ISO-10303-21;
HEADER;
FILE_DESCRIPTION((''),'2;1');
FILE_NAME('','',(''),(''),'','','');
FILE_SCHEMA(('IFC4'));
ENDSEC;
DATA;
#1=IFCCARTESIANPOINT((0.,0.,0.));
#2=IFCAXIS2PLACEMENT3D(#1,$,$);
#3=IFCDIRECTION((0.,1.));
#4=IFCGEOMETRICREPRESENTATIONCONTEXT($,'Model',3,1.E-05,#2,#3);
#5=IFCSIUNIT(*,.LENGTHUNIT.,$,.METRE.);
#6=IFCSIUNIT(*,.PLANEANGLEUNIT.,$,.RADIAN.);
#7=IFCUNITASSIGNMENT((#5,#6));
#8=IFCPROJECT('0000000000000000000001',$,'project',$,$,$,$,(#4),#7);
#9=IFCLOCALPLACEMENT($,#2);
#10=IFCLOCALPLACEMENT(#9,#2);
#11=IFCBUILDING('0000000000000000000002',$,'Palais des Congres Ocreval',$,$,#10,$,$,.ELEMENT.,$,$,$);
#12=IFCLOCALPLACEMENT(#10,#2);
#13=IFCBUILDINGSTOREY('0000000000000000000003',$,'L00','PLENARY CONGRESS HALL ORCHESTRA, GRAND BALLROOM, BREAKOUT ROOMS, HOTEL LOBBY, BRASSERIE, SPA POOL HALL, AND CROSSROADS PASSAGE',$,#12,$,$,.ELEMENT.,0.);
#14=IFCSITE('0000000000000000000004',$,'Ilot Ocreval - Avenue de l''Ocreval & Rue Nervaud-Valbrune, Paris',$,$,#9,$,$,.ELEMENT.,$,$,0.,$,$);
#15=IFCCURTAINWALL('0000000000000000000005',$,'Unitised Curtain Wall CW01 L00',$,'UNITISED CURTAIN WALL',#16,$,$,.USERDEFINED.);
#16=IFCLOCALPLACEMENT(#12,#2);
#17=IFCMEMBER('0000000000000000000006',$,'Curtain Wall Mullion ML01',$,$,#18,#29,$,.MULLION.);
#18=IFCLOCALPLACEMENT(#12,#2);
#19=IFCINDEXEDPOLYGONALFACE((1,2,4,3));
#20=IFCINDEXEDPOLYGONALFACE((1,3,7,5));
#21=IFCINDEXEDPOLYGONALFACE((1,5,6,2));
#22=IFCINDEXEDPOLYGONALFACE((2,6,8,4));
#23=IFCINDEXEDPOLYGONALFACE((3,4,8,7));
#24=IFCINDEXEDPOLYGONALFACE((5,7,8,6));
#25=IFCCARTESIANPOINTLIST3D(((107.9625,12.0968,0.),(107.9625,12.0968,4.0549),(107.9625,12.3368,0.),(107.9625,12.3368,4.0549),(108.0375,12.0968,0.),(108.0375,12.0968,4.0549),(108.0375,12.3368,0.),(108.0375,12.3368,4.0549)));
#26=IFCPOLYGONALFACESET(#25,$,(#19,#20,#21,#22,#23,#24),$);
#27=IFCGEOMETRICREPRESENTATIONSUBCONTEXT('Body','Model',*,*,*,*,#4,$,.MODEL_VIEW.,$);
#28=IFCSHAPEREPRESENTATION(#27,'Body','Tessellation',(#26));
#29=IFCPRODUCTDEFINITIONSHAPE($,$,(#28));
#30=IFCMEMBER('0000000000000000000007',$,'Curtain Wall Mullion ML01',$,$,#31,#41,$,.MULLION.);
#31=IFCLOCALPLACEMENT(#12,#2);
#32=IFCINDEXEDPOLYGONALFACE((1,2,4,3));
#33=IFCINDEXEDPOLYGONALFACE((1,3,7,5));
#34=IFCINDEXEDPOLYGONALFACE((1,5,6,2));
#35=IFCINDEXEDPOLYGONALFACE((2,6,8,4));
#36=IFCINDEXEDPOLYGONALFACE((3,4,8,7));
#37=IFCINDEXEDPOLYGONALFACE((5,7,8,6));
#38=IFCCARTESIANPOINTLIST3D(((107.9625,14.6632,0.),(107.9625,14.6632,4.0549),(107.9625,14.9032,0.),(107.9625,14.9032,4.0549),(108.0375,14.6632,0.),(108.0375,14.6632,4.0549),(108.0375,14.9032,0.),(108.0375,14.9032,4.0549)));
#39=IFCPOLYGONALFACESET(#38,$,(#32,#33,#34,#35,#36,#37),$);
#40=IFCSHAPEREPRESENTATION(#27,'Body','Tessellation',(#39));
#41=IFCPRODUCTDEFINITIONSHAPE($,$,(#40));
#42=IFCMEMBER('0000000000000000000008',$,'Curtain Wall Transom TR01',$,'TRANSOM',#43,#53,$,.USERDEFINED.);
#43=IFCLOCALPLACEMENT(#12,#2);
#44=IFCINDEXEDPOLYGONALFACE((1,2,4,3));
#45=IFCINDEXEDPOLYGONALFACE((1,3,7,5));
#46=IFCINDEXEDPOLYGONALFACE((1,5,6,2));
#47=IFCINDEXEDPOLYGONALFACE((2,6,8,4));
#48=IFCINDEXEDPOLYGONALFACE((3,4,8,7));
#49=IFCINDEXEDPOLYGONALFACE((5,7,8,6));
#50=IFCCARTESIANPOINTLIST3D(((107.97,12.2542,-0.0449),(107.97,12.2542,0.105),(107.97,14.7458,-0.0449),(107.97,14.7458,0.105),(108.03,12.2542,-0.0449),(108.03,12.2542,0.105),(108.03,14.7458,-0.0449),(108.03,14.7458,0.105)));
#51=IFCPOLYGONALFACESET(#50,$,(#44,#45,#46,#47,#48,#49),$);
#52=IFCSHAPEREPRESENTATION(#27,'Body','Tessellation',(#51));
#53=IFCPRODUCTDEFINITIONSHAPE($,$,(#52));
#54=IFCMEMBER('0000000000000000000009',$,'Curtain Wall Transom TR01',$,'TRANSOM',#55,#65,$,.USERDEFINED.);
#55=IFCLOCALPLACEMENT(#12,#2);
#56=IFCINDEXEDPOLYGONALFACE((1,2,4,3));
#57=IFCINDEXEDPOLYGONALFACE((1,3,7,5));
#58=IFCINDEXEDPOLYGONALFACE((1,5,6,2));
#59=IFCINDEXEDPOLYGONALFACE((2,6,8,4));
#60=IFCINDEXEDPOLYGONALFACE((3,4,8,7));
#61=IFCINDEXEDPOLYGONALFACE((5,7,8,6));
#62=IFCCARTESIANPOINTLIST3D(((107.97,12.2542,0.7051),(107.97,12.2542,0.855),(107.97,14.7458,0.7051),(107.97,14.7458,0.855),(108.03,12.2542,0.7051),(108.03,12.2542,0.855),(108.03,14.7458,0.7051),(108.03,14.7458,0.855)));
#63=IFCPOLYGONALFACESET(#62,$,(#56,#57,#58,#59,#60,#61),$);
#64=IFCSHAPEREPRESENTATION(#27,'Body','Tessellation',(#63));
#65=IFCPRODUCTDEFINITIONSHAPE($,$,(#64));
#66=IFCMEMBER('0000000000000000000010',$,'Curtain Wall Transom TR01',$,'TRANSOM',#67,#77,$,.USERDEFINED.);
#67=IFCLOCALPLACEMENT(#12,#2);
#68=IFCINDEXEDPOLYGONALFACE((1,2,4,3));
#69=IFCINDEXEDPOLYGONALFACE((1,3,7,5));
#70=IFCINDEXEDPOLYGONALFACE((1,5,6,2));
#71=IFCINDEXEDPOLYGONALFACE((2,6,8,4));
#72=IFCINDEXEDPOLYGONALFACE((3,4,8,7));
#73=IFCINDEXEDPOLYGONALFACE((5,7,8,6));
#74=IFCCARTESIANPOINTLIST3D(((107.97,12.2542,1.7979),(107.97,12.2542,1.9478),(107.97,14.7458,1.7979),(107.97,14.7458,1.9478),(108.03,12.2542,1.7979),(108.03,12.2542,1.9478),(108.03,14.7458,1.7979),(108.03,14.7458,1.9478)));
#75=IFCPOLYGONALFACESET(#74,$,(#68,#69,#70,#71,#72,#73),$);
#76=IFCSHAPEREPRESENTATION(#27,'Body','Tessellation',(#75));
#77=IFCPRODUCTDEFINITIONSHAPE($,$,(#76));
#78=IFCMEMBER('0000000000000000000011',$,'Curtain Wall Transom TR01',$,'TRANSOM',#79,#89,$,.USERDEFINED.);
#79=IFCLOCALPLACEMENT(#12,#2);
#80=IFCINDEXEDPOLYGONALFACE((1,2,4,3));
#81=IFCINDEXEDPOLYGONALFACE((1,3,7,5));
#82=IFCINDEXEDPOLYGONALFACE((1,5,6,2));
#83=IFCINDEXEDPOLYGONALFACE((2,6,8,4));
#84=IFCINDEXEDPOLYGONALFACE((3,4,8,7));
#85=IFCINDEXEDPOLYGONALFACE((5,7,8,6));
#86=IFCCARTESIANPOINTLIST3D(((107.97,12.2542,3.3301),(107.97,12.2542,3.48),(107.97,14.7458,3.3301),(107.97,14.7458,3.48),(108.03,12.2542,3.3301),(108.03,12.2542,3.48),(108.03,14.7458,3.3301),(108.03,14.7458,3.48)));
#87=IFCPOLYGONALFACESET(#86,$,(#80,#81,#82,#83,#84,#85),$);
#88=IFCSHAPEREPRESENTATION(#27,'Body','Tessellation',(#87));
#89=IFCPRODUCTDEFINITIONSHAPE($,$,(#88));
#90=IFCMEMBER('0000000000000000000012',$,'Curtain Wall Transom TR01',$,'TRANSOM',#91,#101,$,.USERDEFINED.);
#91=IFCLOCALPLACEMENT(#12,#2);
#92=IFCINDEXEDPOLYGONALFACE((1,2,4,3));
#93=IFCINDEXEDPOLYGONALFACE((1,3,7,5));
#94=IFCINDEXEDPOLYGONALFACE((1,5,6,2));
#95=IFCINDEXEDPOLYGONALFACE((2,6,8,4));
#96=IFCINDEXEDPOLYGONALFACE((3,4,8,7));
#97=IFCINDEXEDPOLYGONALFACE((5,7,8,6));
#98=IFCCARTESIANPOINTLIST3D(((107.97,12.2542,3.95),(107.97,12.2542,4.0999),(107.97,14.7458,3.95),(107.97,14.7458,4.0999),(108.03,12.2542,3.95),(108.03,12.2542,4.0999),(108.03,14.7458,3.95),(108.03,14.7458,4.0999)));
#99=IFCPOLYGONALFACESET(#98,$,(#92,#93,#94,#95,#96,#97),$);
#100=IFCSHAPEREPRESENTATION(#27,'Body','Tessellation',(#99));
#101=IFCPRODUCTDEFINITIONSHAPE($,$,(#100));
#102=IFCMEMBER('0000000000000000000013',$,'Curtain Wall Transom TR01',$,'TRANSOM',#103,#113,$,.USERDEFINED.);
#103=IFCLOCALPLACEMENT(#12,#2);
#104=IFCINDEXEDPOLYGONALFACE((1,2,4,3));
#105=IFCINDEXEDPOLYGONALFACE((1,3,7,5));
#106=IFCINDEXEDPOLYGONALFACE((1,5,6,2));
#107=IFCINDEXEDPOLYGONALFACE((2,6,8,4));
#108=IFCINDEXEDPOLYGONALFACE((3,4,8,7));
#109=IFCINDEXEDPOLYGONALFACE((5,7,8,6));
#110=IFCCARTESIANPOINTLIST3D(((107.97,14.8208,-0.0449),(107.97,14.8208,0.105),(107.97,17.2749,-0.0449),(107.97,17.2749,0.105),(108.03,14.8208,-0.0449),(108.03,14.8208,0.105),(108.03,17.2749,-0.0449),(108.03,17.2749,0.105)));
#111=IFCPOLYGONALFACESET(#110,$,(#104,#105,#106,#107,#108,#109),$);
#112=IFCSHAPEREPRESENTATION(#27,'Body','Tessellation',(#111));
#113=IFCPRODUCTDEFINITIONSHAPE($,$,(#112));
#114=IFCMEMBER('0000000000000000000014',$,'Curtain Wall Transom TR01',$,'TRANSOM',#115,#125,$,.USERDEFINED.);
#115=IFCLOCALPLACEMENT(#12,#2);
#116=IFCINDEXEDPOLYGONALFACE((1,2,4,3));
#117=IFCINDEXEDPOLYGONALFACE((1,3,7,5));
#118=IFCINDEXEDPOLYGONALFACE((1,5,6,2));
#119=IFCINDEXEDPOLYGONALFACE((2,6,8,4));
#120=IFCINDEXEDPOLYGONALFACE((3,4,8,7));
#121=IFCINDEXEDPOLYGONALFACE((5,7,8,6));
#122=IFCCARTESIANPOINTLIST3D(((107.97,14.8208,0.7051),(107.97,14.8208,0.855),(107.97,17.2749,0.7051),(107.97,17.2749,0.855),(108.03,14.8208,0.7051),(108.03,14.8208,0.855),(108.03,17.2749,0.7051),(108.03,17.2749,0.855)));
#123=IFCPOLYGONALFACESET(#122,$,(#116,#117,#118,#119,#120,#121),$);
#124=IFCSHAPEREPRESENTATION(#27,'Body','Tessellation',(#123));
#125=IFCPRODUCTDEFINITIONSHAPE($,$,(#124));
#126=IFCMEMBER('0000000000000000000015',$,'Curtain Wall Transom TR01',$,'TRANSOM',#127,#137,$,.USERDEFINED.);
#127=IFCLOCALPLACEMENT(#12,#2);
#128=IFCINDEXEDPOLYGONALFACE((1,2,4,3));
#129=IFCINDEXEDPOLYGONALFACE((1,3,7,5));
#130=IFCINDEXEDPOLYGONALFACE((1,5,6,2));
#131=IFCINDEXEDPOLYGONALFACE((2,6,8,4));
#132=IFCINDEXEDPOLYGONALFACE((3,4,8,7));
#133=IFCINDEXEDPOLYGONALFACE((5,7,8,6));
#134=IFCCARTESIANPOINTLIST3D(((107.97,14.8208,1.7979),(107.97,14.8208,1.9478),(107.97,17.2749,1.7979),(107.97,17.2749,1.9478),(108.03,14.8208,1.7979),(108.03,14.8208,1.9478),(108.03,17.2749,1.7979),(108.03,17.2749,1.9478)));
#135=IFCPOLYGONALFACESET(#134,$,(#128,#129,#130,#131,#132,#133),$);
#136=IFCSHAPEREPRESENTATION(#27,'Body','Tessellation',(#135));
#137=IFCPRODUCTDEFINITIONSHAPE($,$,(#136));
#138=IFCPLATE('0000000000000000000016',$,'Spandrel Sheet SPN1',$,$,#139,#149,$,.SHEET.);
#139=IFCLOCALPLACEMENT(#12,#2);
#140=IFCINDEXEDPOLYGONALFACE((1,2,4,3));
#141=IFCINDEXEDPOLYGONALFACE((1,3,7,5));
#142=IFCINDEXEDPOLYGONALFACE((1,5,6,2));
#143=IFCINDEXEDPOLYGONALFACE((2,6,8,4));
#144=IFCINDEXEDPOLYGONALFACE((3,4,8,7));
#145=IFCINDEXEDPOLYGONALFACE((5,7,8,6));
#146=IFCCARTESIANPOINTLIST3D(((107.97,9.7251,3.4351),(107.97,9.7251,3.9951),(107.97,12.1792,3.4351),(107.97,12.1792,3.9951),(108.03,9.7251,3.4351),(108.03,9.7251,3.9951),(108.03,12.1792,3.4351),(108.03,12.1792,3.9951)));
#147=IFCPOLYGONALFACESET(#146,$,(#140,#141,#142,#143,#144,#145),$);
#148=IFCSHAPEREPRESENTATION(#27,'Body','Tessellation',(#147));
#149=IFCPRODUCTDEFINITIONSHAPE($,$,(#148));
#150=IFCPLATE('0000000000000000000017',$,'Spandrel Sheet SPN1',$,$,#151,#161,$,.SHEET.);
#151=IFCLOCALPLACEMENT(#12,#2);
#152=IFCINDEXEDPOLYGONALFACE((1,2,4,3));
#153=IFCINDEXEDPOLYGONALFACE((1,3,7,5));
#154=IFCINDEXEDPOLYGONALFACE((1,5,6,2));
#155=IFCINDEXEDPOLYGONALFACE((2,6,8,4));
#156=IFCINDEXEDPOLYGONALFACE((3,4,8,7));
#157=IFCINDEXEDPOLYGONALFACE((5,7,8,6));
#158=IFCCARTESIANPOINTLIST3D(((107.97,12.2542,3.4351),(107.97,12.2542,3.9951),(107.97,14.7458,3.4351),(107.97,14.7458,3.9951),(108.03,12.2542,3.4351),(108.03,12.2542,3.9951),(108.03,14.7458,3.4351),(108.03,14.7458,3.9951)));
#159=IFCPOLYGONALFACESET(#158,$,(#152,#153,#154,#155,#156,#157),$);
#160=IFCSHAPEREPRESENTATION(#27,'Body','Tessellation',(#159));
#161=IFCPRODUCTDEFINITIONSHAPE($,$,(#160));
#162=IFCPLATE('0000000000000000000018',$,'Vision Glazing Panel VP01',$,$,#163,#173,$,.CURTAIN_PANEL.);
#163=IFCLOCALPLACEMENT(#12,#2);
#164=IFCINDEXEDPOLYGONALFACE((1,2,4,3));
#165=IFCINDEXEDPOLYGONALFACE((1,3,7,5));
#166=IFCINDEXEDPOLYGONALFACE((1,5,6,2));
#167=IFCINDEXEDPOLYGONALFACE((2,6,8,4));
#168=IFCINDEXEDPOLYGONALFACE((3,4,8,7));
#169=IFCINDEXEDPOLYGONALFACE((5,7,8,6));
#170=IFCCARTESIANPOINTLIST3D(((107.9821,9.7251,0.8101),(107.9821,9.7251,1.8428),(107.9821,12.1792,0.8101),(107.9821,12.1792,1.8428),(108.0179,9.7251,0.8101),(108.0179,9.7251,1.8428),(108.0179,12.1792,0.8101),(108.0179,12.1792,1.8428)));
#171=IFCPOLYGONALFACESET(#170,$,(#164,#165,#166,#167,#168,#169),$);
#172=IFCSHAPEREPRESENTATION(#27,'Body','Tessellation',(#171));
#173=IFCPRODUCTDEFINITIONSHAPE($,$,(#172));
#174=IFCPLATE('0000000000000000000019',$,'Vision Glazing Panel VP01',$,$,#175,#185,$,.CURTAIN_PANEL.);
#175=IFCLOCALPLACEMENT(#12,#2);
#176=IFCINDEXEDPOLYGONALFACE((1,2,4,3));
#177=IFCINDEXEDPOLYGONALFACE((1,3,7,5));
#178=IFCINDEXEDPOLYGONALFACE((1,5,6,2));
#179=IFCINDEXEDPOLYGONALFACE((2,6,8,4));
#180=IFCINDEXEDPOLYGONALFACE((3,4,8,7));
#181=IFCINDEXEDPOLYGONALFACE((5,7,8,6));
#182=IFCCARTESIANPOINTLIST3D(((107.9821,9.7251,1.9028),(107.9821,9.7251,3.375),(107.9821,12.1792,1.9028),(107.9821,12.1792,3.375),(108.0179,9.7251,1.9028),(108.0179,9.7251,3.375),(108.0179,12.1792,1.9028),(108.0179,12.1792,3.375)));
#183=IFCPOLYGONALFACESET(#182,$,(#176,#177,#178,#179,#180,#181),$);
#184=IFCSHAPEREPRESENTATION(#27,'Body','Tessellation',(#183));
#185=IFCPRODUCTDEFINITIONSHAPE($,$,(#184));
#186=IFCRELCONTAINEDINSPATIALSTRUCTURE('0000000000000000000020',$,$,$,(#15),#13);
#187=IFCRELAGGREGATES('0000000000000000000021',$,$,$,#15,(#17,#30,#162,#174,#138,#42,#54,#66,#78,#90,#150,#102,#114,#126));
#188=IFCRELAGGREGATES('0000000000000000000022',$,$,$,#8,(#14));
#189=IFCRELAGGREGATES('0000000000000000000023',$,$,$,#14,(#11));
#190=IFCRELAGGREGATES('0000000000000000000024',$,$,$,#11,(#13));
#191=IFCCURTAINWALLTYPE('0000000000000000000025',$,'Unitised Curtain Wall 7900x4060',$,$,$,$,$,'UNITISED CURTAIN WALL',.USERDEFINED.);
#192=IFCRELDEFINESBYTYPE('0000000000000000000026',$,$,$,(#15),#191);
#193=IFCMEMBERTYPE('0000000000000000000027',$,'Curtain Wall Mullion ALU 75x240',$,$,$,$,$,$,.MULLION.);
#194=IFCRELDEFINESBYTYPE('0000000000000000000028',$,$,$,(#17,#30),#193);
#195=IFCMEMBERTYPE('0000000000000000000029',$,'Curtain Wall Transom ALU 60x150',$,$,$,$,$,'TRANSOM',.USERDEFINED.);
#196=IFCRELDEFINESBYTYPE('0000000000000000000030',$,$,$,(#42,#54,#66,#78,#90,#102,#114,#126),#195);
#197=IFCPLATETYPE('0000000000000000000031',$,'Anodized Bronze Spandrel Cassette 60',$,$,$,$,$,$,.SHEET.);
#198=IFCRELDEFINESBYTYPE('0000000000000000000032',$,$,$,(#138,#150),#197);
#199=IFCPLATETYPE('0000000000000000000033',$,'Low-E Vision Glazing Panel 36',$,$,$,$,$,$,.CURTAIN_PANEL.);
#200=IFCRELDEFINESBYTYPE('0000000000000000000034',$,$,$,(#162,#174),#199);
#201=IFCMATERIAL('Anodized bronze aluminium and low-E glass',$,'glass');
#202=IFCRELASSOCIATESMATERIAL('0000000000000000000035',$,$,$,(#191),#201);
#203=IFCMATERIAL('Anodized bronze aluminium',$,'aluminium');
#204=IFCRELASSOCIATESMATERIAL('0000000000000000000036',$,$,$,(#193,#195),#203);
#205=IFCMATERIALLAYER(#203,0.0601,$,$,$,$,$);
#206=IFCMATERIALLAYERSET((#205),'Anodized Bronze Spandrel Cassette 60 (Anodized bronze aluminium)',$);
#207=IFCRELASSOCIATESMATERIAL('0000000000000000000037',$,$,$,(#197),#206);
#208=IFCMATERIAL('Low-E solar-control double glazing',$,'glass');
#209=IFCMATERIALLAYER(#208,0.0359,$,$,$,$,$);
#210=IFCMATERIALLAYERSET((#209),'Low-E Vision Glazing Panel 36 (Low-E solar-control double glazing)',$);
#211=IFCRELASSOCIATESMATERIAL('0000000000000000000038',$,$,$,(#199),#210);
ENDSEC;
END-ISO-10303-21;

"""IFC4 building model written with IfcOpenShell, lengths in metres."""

from ifc_helpers import new_model, si_unit, direction, frame, origin, origin_2d, place, context, subcontext, project, spatial, rectangle, extrude, material, layer, layer_set, material_profile, profile_set, type_object, element, aggregate, save


model = new_model("IFC4")

# Units and contexts
model_context = context("Model", 3, precision=1e-05, world=origin(), true_north=direction((0.0, 1.0)))
body_context = subcontext(model_context, "Body", "Model", "MODEL_VIEW")
ifc_project = project(units=[si_unit("LENGTHUNIT", "METRE"), si_unit("PLANEANGLEUNIT", "RADIAN")], contexts=[model_context])

# Site, building, storey
site_placement = place(None, origin())
site = spatial("IfcSite", under=ifc_project, at=site_placement, Name="Ilot Ocreval - Avenue de l'Ocreval & Rue Nervaud-Valbrune, Paris", CompositionType="ELEMENT", RefElevation=0.0)
building_placement = place(site_placement, origin())
building = spatial("IfcBuilding", under=site, at=building_placement, Name="Palais des Congres Ocreval", CompositionType="ELEMENT")
storey_placement = place(building_placement, origin())
storey = spatial("IfcBuildingStorey", under=building, at=storey_placement, Name="L00", Description="PLENARY CONGRESS HALL ORCHESTRA, GRAND BALLROOM, BREAKOUT ROOMS, HOTEL LOBBY, BRASSERIE, SPA POOL HALL, AND CROSSROADS PASSAGE", CompositionType="ELEMENT", Elevation=0.0)

# Curtain wall, members, plates
ifc_material_1 = material(Name="Anodized bronze aluminium and low-E glass", Category="glass")
curtain_wall_type = type_object("IfcCurtainWallType", Name="Unitised Curtain Wall 7900x4060", ElementType="UNITISED CURTAIN WALL", PredefinedType="USERDEFINED", material=ifc_material_1)
curtain_wall_placement = place(storey_placement, origin())
curtain_wall = element("IfcCurtainWall", 1, at=curtain_wall_placement, inside=storey, type_object=curtain_wall_type, Name="Unitised Curtain Wall CW01 L00", ObjectType="UNITISED CURTAIN WALL", PredefinedType="USERDEFINED")
ifc_material_2 = material(Name="Anodized bronze aluminium", Category="aluminium")
ifc_material_profile_1 = material_profile(ifc_material_2, rectangle(XDim=0.075, YDim=0.24, at=origin_2d()), Name="ALU 75x240")
ifc_profile_set_1 = profile_set([ifc_material_profile_1], Name="Anodized bronze aluminium")
member_type_1 = type_object("IfcMemberType", Name="Curtain Wall Mullion ALU 75x240", PredefinedType="MULLION", material=ifc_profile_set_1)
member_1_placement = place(storey_placement, frame((108.0, 12.2168, 0.0), z_axis=(0.0, 0.0, 1.0), x_axis=(-1.0, 0.0, 0.0)))
member_1 = element("IfcMember", 2, at=member_1_placement, type_object=member_type_1, Name="Curtain Wall Mullion ML01", PredefinedType="MULLION", context=body_context, shape_type="SweptSolid", body=[
    extrude(rectangle(XDim=0.075, YDim=0.24, at=origin_2d()), origin(), (0.0, 0.0, 1.0), 4.0549),
])
member_2_placement = place(storey_placement, frame((108.0, 14.7832, 0.0), z_axis=(0.0, 0.0, 1.0), x_axis=(-1.0, 0.0, 0.0)))
member_2 = element("IfcMember", 3, at=member_2_placement, type_object=member_type_1, Name="Curtain Wall Mullion ML01", PredefinedType="MULLION", context=body_context, shape_type="SweptSolid", body=[
    extrude(rectangle(XDim=0.075, YDim=0.24, at=origin_2d()), origin(), (0.0, 0.0, 1.0), 4.0549),
])
ifc_material_profile_2 = material_profile(ifc_material_2, rectangle(XDim=0.0601, YDim=0.1499, at=origin_2d()), Name="ALU 60x150")
ifc_profile_set_2 = profile_set([ifc_material_profile_2], Name="Anodized bronze aluminium")
member_type_2 = type_object("IfcMemberType", Name="Curtain Wall Transom ALU 60x150", ElementType="TRANSOM", PredefinedType="USERDEFINED", material=ifc_profile_set_2)
member_3_placement = place(storey_placement, frame((108.0, 12.2542, 0.03), z_axis=(0.0, 1.0, 0.0), x_axis=(-1.0, 0.0, 0.0)))
member_3 = element("IfcMember", 4, at=member_3_placement, type_object=member_type_2, Name="Curtain Wall Transom TR01", ObjectType="TRANSOM", PredefinedType="USERDEFINED", context=body_context, shape_type="SweptSolid", body=[
    extrude(rectangle(XDim=0.0601, YDim=0.1499, at=origin_2d()), origin(), (0.0, 0.0, 1.0), 2.4917),
])
member_4_placement = place(storey_placement, frame((108.0, 12.2542, 0.78), z_axis=(0.0, 1.0, 0.0), x_axis=(-1.0, 0.0, 0.0)))
member_4 = element("IfcMember", 5, at=member_4_placement, type_object=member_type_2, Name="Curtain Wall Transom TR01", ObjectType="TRANSOM", PredefinedType="USERDEFINED", context=body_context, shape_type="SweptSolid", body=[
    extrude(rectangle(XDim=0.0601, YDim=0.1499, at=origin_2d()), origin(), (0.0, 0.0, 1.0), 2.4917),
])
member_5_placement = place(storey_placement, frame((108.0, 12.2542, 1.8728), z_axis=(0.0, 1.0, 0.0), x_axis=(-1.0, 0.0, 0.0)))
member_5 = element("IfcMember", 6, at=member_5_placement, type_object=member_type_2, Name="Curtain Wall Transom TR01", ObjectType="TRANSOM", PredefinedType="USERDEFINED", context=body_context, shape_type="SweptSolid", body=[
    extrude(rectangle(XDim=0.0601, YDim=0.1499, at=origin_2d()), origin(), (0.0, 0.0, 1.0), 2.4917),
])
member_6_placement = place(storey_placement, frame((108.0, 12.2542, 3.405), z_axis=(0.0, 1.0, 0.0), x_axis=(-1.0, 0.0, 0.0)))
member_6 = element("IfcMember", 7, at=member_6_placement, type_object=member_type_2, Name="Curtain Wall Transom TR01", ObjectType="TRANSOM", PredefinedType="USERDEFINED", context=body_context, shape_type="SweptSolid", body=[
    extrude(rectangle(XDim=0.0601, YDim=0.1499, at=origin_2d()), origin(), (0.0, 0.0, 1.0), 2.4917),
])
member_7_placement = place(storey_placement, frame((108.0, 12.2542, 4.0249), z_axis=(0.0, 1.0, 0.0), x_axis=(-1.0, 0.0, 0.0)))
member_7 = element("IfcMember", 8, at=member_7_placement, type_object=member_type_2, Name="Curtain Wall Transom TR01", ObjectType="TRANSOM", PredefinedType="USERDEFINED", context=body_context, shape_type="SweptSolid", body=[
    extrude(rectangle(XDim=0.0601, YDim=0.1499, at=origin_2d()), origin(), (0.0, 0.0, 1.0), 2.4917),
])
member_8_placement = place(storey_placement, frame((108.0, 14.8208, 0.03), z_axis=(0.0, 1.0, 0.0), x_axis=(-1.0, 0.0, 0.0)))
member_8 = element("IfcMember", 9, at=member_8_placement, type_object=member_type_2, Name="Curtain Wall Transom TR01", ObjectType="TRANSOM", PredefinedType="USERDEFINED", context=body_context, shape_type="SweptSolid", body=[
    extrude(rectangle(XDim=0.0601, YDim=0.1499, at=origin_2d()), origin(), (0.0, 0.0, 1.0), 2.4541),
])
member_9_placement = place(storey_placement, frame((108.0, 14.8208, 0.78), z_axis=(0.0, 1.0, 0.0), x_axis=(-1.0, 0.0, 0.0)))
member_9 = element("IfcMember", 10, at=member_9_placement, type_object=member_type_2, Name="Curtain Wall Transom TR01", ObjectType="TRANSOM", PredefinedType="USERDEFINED", context=body_context, shape_type="SweptSolid", body=[
    extrude(rectangle(XDim=0.0601, YDim=0.1499, at=origin_2d()), origin(), (0.0, 0.0, 1.0), 2.4541),
])
member_10_placement = place(storey_placement, frame((108.0, 14.8208, 1.8728), z_axis=(0.0, 1.0, 0.0), x_axis=(-1.0, 0.0, 0.0)))
member_10 = element("IfcMember", 11, at=member_10_placement, type_object=member_type_2, Name="Curtain Wall Transom TR01", ObjectType="TRANSOM", PredefinedType="USERDEFINED", context=body_context, shape_type="SweptSolid", body=[
    extrude(rectangle(XDim=0.0601, YDim=0.1499, at=origin_2d()), origin(), (0.0, 0.0, 1.0), 2.4541),
])
ifc_layer_1 = layer(ifc_material_2, 0.0601)
ifc_layer_set_1 = layer_set([ifc_layer_1], Name="Anodized Bronze Spandrel Cassette 60 (Anodized bronze aluminium)")
plate_type_1 = type_object("IfcPlateType", Name="Anodized Bronze Spandrel Cassette 60", PredefinedType="SHEET", material=ifc_layer_set_1)
plate_1_placement = place(storey_placement, frame((108.0, 10.9521, 3.4351), z_axis=(0.0, 0.0, 1.0), x_axis=(0.0, 1.0, 0.0)))
plate_1 = element("IfcPlate", 12, at=plate_1_placement, type_object=plate_type_1, Name="Spandrel Sheet SPN1", PredefinedType="SHEET", context=body_context, shape_type="SweptSolid", body=[
    extrude(rectangle(XDim=2.4541, YDim=0.0601, at=origin_2d()), origin(), (0.0, 0.0, 1.0), 0.5601),
])
plate_2_placement = place(storey_placement, frame((108.0, 13.5, 3.4351), z_axis=(0.0, 0.0, 1.0), x_axis=(0.0, 1.0, 0.0)))
plate_2 = element("IfcPlate", 13, at=plate_2_placement, type_object=plate_type_1, Name="Spandrel Sheet SPN1", PredefinedType="SHEET", context=body_context, shape_type="SweptSolid", body=[
    extrude(rectangle(XDim=2.4917, YDim=0.0601, at=origin_2d()), origin(), (0.0, 0.0, 1.0), 0.5601),
])
ifc_material_3 = material(Name="Low-E solar-control double glazing", Category="glass")
ifc_layer_2 = layer(ifc_material_3, 0.0359)
ifc_layer_set_2 = layer_set([ifc_layer_2], Name="Low-E Vision Glazing Panel 36 (Low-E solar-control double glazing)")
plate_type_2 = type_object("IfcPlateType", Name="Low-E Vision Glazing Panel 36", PredefinedType="CURTAIN_PANEL", material=ifc_layer_set_2)
plate_3_placement = place(storey_placement, frame((108.0, 10.9521, 0.8101), z_axis=(0.0, 0.0, 1.0), x_axis=(0.0, 1.0, 0.0)))
plate_3 = element("IfcPlate", 14, at=plate_3_placement, type_object=plate_type_2, Name="Vision Glazing Panel VP01", PredefinedType="CURTAIN_PANEL", context=body_context, shape_type="SweptSolid", body=[
    extrude(rectangle(XDim=2.4541, YDim=0.0359, at=origin_2d()), origin(), (0.0, 0.0, 1.0), 1.0327),
])
plate_4_placement = place(storey_placement, frame((108.0, 10.9521, 1.9028), z_axis=(0.0, 0.0, 1.0), x_axis=(0.0, 1.0, 0.0)))
plate_4 = element("IfcPlate", 15, at=plate_4_placement, type_object=plate_type_2, Name="Vision Glazing Panel VP01", PredefinedType="CURTAIN_PANEL", context=body_context, shape_type="SweptSolid", body=[
    extrude(rectangle(XDim=2.4541, YDim=0.0359, at=origin_2d()), origin(), (0.0, 0.0, 1.0), 1.4722),
])
aggregate(curtain_wall, [member_1, member_2, plate_3, plate_4, plate_1, member_3, member_4, member_5, member_6, member_7, plate_2, member_8, member_9, member_10])

save(model, "model.ifc")
